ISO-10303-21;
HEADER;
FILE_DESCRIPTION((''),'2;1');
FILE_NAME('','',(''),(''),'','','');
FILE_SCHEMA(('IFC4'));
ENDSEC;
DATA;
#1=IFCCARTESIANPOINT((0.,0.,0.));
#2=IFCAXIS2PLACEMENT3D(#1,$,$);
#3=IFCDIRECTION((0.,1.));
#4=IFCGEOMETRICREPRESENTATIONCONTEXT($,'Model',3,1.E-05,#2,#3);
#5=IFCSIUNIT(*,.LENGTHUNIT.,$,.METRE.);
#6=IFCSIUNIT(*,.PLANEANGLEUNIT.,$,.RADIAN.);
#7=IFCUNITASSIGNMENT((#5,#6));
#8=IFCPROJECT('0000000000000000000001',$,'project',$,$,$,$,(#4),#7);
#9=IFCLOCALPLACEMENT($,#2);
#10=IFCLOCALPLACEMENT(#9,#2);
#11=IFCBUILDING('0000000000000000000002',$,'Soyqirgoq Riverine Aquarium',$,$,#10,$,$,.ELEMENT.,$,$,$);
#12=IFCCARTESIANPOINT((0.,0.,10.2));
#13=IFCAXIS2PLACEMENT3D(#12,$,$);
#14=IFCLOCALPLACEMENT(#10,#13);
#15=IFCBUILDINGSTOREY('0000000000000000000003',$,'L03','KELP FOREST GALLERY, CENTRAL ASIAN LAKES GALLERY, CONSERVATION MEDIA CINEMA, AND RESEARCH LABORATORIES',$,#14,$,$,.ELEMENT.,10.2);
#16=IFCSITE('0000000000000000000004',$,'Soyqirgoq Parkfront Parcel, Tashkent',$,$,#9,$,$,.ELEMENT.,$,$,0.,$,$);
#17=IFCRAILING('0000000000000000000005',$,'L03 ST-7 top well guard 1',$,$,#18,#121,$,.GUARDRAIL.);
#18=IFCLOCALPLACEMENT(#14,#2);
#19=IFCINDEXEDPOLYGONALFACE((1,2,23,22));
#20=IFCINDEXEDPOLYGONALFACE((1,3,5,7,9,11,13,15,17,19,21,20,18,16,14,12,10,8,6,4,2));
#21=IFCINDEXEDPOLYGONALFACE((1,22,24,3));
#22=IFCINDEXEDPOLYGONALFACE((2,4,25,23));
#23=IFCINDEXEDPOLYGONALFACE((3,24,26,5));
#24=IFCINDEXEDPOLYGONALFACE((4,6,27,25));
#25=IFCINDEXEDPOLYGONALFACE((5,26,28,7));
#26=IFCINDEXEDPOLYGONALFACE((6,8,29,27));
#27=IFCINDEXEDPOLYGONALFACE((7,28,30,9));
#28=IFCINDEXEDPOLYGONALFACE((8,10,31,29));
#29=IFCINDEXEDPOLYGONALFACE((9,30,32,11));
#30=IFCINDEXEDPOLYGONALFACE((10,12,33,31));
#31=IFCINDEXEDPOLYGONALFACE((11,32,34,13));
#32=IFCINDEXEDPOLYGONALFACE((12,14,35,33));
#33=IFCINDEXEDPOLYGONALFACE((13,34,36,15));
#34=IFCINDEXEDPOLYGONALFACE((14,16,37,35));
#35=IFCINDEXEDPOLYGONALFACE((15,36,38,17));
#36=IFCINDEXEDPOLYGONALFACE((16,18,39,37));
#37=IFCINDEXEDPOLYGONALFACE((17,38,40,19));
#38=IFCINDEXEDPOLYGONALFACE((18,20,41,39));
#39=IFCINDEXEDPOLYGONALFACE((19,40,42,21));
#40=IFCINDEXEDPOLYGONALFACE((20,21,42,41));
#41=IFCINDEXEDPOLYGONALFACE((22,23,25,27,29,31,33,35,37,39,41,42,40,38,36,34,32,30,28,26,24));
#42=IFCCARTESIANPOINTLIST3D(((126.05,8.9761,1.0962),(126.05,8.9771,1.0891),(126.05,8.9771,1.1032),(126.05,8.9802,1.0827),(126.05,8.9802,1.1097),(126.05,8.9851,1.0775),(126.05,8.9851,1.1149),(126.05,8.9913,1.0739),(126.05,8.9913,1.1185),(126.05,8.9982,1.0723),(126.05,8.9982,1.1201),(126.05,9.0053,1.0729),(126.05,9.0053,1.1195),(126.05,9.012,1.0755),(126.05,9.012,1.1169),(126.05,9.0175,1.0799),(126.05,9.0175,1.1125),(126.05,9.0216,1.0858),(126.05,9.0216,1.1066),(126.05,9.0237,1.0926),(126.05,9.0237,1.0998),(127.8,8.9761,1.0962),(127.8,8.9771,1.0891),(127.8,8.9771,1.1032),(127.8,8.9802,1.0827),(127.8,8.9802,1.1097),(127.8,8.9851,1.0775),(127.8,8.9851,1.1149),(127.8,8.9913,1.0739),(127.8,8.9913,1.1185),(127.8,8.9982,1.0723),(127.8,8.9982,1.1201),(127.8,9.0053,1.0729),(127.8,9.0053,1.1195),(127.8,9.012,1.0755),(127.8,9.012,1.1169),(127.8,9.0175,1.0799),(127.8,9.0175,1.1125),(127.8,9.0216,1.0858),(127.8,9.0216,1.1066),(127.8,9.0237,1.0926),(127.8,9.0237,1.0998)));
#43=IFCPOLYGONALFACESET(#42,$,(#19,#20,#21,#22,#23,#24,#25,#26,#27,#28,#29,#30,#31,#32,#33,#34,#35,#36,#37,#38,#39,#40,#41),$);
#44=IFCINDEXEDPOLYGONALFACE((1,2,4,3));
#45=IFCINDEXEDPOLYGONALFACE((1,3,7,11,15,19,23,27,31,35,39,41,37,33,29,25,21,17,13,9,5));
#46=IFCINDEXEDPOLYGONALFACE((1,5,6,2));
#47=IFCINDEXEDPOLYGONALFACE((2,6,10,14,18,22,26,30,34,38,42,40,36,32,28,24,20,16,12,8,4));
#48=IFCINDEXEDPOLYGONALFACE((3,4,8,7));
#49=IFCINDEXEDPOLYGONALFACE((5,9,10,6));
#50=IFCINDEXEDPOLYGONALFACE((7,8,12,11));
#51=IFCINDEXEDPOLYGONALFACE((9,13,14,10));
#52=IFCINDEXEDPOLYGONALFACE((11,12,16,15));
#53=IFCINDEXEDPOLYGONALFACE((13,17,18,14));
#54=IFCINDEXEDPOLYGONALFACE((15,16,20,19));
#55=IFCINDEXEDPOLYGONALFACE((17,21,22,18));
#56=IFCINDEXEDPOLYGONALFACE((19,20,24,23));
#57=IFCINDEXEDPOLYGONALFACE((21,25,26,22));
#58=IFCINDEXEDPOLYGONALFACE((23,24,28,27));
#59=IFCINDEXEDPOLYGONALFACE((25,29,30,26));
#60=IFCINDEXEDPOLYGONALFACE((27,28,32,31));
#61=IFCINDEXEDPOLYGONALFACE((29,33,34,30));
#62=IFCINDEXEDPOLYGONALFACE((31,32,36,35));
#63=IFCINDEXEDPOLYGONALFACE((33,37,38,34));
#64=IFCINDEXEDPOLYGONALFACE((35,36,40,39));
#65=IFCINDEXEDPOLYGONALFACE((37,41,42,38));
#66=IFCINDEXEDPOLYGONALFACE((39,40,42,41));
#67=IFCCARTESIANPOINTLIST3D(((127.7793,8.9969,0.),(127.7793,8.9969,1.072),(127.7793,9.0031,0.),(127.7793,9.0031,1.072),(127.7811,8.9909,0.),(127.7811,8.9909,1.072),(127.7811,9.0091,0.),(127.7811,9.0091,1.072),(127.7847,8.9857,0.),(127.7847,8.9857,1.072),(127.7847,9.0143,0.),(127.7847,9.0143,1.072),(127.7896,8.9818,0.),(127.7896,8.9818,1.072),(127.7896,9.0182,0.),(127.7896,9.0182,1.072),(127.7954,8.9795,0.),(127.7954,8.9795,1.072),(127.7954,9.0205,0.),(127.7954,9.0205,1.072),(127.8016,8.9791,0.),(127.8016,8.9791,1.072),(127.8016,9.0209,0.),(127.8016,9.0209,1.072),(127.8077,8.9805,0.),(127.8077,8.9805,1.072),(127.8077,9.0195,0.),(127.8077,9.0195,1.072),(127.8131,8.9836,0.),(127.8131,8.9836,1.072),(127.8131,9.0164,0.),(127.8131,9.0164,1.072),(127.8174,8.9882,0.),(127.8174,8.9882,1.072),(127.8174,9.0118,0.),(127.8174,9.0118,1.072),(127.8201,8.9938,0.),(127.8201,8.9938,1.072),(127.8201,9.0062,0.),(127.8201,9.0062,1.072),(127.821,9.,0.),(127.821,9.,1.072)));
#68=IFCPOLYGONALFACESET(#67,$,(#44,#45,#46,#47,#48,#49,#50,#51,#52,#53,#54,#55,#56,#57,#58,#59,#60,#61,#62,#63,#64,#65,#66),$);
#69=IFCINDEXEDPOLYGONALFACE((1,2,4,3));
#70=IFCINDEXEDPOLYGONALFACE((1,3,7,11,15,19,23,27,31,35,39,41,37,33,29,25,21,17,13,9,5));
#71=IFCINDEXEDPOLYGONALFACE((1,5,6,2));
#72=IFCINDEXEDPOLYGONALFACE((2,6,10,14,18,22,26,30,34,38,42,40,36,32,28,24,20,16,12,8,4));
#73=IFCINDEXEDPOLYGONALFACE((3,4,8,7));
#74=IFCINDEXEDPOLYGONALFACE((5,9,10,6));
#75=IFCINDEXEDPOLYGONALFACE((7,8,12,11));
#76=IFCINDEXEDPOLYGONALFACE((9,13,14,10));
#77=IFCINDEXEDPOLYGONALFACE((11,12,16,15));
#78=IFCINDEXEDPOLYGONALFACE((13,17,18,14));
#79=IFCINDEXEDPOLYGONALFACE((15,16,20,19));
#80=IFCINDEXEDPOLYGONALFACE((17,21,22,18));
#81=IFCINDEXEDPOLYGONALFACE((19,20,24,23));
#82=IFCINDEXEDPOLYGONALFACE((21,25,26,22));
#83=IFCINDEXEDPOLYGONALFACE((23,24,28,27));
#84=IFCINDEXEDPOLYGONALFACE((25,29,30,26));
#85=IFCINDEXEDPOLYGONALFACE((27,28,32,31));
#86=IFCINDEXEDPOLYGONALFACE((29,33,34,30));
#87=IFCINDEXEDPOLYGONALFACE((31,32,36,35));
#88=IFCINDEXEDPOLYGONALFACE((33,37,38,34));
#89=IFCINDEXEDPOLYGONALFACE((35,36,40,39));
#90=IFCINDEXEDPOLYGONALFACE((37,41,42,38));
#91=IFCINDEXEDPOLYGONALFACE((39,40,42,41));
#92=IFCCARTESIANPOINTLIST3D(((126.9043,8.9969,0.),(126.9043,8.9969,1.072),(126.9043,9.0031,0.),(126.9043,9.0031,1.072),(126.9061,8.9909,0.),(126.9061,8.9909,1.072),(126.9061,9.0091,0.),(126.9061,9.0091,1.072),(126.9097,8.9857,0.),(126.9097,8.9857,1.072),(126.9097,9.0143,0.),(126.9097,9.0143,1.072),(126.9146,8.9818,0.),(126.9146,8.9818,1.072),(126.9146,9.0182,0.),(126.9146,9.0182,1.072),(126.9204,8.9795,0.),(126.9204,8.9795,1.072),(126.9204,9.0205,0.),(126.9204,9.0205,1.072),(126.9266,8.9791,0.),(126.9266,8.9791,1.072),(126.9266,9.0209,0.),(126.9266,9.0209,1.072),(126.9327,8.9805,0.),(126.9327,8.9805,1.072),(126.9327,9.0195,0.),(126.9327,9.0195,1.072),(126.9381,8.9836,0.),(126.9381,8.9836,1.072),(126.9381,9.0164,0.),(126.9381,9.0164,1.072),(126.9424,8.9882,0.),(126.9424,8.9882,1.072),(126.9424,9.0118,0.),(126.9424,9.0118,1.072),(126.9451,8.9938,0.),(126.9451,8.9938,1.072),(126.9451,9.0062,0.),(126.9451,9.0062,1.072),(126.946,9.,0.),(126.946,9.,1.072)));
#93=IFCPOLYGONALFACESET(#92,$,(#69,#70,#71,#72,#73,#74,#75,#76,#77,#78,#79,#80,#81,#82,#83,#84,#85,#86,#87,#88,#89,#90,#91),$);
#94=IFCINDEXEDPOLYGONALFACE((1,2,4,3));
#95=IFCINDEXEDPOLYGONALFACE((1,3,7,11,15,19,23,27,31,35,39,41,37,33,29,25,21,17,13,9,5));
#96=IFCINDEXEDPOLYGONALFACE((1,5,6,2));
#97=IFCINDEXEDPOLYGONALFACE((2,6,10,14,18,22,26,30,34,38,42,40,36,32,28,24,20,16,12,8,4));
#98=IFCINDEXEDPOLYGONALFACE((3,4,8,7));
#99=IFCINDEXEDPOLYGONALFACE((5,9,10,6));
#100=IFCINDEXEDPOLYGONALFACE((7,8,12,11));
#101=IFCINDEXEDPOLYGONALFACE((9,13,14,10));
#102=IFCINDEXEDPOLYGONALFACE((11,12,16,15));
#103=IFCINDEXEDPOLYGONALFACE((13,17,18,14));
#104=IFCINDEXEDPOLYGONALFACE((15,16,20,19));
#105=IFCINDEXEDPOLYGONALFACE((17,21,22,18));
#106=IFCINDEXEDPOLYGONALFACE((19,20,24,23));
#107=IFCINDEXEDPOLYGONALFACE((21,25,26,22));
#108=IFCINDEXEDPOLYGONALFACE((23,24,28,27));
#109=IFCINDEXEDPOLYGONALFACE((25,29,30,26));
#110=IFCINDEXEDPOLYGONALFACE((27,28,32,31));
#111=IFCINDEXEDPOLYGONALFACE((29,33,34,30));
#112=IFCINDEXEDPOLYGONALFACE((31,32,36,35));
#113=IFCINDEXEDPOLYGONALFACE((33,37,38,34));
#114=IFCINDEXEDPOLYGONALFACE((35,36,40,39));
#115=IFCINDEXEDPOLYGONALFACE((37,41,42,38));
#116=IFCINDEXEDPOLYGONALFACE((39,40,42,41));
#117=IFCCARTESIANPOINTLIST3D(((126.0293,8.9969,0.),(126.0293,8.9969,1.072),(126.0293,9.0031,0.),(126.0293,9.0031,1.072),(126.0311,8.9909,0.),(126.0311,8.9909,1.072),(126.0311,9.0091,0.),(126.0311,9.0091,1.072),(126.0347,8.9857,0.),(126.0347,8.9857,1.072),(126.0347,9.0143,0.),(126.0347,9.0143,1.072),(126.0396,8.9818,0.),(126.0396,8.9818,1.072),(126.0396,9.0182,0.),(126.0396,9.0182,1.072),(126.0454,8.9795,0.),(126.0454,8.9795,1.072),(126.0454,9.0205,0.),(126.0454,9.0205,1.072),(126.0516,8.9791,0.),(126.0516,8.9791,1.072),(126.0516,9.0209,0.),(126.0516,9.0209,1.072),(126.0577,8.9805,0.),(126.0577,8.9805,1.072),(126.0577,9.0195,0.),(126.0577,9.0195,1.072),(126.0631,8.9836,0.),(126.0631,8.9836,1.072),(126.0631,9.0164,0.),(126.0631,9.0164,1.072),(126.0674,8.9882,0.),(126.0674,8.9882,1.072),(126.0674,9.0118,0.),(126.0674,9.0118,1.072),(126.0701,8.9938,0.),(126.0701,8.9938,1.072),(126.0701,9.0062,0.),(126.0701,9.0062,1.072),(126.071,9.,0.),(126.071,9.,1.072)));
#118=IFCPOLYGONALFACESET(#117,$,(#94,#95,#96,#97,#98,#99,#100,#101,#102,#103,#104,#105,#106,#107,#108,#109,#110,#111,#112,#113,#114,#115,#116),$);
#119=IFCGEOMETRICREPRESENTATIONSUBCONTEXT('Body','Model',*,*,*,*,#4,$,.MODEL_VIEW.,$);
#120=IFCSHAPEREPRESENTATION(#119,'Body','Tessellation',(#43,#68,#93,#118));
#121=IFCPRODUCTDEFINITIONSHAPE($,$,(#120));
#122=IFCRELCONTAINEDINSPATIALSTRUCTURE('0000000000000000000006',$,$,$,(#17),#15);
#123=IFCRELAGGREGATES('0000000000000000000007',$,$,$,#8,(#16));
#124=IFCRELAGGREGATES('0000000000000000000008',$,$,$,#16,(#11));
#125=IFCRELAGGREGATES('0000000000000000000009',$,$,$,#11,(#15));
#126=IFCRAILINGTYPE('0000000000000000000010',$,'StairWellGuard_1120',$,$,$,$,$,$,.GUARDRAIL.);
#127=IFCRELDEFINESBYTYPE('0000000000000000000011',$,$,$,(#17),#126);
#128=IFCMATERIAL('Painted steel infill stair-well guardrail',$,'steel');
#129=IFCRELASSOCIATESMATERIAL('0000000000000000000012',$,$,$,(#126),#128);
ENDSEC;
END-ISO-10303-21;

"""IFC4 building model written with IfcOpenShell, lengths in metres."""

from ifc_helpers import new_model, si_unit, direction, frame, origin, origin_2d, place, context, subcontext, project, spatial, circle, extrude, material, type_object, element, save


model = new_model("IFC4")

# Units and contexts
model_context = context("Model", 3, precision=1e-05, world=origin(), true_north=direction((0.0, 1.0)))
body_context = subcontext(model_context, "Body", "Model", "MODEL_VIEW")
ifc_project = project(units=[si_unit("LENGTHUNIT", "METRE"), si_unit("PLANEANGLEUNIT", "RADIAN")], contexts=[model_context])

# Site, building, storey
site_placement = place(None, origin())
site = spatial("IfcSite", under=ifc_project, at=site_placement, Name="Soyqirgoq Parkfront Parcel, Tashkent", CompositionType="ELEMENT", RefElevation=0.0)
building_placement = place(site_placement, origin())
building = spatial("IfcBuilding", under=site, at=building_placement, Name="Soyqirgoq Riverine Aquarium", CompositionType="ELEMENT")
storey_placement = place(building_placement, frame((0.0, 0.0, 10.2)))
storey = spatial("IfcBuildingStorey", under=building, at=storey_placement, Name="L03", Description="KELP FOREST GALLERY, CENTRAL ASIAN LAKES GALLERY, CONSERVATION MEDIA CINEMA, AND RESEARCH LABORATORIES", CompositionType="ELEMENT", Elevation=10.2)

# Railing
ifc_material_1 = material(Name="Painted steel infill stair-well guardrail", Category="steel")
railing_type = type_object("IfcRailingType", Name="StairWellGuard_1120", PredefinedType="GUARDRAIL", material=ifc_material_1)
railing_placement = place(storey_placement, frame((127.8, 9.0, 0.0)))
element("IfcRailing", 1, at=railing_placement, inside=storey, type_object=railing_type, Name="L03 ST-7 top well guard 1", PredefinedType="GUARDRAIL", context=body_context, shape_type="SweptSolid", body=[
    extrude(circle(Radius=0.0239, at=origin_2d()), frame((0.0, 0.0, 1.0962), z_axis=(-1.0, 0.0, 0.0), x_axis=(0.0, -1.0, 0.0)), (0.0, 0.0, 1.0), 1.75),
    extrude(circle(Radius=0.021, at=origin_2d()), origin(), (0.0, 0.0, 1.0), 1.072),
    extrude(circle(Radius=0.021, at=origin_2d()), frame((-0.875, 0.0, 0.0)), (0.0, 0.0, 1.0), 1.072),
    extrude(circle(Radius=0.021, at=origin_2d()), frame((-1.75, 0.0, 0.0)), (0.0, 0.0, 1.0), 1.072),
])

save(model, "model.ifc")
